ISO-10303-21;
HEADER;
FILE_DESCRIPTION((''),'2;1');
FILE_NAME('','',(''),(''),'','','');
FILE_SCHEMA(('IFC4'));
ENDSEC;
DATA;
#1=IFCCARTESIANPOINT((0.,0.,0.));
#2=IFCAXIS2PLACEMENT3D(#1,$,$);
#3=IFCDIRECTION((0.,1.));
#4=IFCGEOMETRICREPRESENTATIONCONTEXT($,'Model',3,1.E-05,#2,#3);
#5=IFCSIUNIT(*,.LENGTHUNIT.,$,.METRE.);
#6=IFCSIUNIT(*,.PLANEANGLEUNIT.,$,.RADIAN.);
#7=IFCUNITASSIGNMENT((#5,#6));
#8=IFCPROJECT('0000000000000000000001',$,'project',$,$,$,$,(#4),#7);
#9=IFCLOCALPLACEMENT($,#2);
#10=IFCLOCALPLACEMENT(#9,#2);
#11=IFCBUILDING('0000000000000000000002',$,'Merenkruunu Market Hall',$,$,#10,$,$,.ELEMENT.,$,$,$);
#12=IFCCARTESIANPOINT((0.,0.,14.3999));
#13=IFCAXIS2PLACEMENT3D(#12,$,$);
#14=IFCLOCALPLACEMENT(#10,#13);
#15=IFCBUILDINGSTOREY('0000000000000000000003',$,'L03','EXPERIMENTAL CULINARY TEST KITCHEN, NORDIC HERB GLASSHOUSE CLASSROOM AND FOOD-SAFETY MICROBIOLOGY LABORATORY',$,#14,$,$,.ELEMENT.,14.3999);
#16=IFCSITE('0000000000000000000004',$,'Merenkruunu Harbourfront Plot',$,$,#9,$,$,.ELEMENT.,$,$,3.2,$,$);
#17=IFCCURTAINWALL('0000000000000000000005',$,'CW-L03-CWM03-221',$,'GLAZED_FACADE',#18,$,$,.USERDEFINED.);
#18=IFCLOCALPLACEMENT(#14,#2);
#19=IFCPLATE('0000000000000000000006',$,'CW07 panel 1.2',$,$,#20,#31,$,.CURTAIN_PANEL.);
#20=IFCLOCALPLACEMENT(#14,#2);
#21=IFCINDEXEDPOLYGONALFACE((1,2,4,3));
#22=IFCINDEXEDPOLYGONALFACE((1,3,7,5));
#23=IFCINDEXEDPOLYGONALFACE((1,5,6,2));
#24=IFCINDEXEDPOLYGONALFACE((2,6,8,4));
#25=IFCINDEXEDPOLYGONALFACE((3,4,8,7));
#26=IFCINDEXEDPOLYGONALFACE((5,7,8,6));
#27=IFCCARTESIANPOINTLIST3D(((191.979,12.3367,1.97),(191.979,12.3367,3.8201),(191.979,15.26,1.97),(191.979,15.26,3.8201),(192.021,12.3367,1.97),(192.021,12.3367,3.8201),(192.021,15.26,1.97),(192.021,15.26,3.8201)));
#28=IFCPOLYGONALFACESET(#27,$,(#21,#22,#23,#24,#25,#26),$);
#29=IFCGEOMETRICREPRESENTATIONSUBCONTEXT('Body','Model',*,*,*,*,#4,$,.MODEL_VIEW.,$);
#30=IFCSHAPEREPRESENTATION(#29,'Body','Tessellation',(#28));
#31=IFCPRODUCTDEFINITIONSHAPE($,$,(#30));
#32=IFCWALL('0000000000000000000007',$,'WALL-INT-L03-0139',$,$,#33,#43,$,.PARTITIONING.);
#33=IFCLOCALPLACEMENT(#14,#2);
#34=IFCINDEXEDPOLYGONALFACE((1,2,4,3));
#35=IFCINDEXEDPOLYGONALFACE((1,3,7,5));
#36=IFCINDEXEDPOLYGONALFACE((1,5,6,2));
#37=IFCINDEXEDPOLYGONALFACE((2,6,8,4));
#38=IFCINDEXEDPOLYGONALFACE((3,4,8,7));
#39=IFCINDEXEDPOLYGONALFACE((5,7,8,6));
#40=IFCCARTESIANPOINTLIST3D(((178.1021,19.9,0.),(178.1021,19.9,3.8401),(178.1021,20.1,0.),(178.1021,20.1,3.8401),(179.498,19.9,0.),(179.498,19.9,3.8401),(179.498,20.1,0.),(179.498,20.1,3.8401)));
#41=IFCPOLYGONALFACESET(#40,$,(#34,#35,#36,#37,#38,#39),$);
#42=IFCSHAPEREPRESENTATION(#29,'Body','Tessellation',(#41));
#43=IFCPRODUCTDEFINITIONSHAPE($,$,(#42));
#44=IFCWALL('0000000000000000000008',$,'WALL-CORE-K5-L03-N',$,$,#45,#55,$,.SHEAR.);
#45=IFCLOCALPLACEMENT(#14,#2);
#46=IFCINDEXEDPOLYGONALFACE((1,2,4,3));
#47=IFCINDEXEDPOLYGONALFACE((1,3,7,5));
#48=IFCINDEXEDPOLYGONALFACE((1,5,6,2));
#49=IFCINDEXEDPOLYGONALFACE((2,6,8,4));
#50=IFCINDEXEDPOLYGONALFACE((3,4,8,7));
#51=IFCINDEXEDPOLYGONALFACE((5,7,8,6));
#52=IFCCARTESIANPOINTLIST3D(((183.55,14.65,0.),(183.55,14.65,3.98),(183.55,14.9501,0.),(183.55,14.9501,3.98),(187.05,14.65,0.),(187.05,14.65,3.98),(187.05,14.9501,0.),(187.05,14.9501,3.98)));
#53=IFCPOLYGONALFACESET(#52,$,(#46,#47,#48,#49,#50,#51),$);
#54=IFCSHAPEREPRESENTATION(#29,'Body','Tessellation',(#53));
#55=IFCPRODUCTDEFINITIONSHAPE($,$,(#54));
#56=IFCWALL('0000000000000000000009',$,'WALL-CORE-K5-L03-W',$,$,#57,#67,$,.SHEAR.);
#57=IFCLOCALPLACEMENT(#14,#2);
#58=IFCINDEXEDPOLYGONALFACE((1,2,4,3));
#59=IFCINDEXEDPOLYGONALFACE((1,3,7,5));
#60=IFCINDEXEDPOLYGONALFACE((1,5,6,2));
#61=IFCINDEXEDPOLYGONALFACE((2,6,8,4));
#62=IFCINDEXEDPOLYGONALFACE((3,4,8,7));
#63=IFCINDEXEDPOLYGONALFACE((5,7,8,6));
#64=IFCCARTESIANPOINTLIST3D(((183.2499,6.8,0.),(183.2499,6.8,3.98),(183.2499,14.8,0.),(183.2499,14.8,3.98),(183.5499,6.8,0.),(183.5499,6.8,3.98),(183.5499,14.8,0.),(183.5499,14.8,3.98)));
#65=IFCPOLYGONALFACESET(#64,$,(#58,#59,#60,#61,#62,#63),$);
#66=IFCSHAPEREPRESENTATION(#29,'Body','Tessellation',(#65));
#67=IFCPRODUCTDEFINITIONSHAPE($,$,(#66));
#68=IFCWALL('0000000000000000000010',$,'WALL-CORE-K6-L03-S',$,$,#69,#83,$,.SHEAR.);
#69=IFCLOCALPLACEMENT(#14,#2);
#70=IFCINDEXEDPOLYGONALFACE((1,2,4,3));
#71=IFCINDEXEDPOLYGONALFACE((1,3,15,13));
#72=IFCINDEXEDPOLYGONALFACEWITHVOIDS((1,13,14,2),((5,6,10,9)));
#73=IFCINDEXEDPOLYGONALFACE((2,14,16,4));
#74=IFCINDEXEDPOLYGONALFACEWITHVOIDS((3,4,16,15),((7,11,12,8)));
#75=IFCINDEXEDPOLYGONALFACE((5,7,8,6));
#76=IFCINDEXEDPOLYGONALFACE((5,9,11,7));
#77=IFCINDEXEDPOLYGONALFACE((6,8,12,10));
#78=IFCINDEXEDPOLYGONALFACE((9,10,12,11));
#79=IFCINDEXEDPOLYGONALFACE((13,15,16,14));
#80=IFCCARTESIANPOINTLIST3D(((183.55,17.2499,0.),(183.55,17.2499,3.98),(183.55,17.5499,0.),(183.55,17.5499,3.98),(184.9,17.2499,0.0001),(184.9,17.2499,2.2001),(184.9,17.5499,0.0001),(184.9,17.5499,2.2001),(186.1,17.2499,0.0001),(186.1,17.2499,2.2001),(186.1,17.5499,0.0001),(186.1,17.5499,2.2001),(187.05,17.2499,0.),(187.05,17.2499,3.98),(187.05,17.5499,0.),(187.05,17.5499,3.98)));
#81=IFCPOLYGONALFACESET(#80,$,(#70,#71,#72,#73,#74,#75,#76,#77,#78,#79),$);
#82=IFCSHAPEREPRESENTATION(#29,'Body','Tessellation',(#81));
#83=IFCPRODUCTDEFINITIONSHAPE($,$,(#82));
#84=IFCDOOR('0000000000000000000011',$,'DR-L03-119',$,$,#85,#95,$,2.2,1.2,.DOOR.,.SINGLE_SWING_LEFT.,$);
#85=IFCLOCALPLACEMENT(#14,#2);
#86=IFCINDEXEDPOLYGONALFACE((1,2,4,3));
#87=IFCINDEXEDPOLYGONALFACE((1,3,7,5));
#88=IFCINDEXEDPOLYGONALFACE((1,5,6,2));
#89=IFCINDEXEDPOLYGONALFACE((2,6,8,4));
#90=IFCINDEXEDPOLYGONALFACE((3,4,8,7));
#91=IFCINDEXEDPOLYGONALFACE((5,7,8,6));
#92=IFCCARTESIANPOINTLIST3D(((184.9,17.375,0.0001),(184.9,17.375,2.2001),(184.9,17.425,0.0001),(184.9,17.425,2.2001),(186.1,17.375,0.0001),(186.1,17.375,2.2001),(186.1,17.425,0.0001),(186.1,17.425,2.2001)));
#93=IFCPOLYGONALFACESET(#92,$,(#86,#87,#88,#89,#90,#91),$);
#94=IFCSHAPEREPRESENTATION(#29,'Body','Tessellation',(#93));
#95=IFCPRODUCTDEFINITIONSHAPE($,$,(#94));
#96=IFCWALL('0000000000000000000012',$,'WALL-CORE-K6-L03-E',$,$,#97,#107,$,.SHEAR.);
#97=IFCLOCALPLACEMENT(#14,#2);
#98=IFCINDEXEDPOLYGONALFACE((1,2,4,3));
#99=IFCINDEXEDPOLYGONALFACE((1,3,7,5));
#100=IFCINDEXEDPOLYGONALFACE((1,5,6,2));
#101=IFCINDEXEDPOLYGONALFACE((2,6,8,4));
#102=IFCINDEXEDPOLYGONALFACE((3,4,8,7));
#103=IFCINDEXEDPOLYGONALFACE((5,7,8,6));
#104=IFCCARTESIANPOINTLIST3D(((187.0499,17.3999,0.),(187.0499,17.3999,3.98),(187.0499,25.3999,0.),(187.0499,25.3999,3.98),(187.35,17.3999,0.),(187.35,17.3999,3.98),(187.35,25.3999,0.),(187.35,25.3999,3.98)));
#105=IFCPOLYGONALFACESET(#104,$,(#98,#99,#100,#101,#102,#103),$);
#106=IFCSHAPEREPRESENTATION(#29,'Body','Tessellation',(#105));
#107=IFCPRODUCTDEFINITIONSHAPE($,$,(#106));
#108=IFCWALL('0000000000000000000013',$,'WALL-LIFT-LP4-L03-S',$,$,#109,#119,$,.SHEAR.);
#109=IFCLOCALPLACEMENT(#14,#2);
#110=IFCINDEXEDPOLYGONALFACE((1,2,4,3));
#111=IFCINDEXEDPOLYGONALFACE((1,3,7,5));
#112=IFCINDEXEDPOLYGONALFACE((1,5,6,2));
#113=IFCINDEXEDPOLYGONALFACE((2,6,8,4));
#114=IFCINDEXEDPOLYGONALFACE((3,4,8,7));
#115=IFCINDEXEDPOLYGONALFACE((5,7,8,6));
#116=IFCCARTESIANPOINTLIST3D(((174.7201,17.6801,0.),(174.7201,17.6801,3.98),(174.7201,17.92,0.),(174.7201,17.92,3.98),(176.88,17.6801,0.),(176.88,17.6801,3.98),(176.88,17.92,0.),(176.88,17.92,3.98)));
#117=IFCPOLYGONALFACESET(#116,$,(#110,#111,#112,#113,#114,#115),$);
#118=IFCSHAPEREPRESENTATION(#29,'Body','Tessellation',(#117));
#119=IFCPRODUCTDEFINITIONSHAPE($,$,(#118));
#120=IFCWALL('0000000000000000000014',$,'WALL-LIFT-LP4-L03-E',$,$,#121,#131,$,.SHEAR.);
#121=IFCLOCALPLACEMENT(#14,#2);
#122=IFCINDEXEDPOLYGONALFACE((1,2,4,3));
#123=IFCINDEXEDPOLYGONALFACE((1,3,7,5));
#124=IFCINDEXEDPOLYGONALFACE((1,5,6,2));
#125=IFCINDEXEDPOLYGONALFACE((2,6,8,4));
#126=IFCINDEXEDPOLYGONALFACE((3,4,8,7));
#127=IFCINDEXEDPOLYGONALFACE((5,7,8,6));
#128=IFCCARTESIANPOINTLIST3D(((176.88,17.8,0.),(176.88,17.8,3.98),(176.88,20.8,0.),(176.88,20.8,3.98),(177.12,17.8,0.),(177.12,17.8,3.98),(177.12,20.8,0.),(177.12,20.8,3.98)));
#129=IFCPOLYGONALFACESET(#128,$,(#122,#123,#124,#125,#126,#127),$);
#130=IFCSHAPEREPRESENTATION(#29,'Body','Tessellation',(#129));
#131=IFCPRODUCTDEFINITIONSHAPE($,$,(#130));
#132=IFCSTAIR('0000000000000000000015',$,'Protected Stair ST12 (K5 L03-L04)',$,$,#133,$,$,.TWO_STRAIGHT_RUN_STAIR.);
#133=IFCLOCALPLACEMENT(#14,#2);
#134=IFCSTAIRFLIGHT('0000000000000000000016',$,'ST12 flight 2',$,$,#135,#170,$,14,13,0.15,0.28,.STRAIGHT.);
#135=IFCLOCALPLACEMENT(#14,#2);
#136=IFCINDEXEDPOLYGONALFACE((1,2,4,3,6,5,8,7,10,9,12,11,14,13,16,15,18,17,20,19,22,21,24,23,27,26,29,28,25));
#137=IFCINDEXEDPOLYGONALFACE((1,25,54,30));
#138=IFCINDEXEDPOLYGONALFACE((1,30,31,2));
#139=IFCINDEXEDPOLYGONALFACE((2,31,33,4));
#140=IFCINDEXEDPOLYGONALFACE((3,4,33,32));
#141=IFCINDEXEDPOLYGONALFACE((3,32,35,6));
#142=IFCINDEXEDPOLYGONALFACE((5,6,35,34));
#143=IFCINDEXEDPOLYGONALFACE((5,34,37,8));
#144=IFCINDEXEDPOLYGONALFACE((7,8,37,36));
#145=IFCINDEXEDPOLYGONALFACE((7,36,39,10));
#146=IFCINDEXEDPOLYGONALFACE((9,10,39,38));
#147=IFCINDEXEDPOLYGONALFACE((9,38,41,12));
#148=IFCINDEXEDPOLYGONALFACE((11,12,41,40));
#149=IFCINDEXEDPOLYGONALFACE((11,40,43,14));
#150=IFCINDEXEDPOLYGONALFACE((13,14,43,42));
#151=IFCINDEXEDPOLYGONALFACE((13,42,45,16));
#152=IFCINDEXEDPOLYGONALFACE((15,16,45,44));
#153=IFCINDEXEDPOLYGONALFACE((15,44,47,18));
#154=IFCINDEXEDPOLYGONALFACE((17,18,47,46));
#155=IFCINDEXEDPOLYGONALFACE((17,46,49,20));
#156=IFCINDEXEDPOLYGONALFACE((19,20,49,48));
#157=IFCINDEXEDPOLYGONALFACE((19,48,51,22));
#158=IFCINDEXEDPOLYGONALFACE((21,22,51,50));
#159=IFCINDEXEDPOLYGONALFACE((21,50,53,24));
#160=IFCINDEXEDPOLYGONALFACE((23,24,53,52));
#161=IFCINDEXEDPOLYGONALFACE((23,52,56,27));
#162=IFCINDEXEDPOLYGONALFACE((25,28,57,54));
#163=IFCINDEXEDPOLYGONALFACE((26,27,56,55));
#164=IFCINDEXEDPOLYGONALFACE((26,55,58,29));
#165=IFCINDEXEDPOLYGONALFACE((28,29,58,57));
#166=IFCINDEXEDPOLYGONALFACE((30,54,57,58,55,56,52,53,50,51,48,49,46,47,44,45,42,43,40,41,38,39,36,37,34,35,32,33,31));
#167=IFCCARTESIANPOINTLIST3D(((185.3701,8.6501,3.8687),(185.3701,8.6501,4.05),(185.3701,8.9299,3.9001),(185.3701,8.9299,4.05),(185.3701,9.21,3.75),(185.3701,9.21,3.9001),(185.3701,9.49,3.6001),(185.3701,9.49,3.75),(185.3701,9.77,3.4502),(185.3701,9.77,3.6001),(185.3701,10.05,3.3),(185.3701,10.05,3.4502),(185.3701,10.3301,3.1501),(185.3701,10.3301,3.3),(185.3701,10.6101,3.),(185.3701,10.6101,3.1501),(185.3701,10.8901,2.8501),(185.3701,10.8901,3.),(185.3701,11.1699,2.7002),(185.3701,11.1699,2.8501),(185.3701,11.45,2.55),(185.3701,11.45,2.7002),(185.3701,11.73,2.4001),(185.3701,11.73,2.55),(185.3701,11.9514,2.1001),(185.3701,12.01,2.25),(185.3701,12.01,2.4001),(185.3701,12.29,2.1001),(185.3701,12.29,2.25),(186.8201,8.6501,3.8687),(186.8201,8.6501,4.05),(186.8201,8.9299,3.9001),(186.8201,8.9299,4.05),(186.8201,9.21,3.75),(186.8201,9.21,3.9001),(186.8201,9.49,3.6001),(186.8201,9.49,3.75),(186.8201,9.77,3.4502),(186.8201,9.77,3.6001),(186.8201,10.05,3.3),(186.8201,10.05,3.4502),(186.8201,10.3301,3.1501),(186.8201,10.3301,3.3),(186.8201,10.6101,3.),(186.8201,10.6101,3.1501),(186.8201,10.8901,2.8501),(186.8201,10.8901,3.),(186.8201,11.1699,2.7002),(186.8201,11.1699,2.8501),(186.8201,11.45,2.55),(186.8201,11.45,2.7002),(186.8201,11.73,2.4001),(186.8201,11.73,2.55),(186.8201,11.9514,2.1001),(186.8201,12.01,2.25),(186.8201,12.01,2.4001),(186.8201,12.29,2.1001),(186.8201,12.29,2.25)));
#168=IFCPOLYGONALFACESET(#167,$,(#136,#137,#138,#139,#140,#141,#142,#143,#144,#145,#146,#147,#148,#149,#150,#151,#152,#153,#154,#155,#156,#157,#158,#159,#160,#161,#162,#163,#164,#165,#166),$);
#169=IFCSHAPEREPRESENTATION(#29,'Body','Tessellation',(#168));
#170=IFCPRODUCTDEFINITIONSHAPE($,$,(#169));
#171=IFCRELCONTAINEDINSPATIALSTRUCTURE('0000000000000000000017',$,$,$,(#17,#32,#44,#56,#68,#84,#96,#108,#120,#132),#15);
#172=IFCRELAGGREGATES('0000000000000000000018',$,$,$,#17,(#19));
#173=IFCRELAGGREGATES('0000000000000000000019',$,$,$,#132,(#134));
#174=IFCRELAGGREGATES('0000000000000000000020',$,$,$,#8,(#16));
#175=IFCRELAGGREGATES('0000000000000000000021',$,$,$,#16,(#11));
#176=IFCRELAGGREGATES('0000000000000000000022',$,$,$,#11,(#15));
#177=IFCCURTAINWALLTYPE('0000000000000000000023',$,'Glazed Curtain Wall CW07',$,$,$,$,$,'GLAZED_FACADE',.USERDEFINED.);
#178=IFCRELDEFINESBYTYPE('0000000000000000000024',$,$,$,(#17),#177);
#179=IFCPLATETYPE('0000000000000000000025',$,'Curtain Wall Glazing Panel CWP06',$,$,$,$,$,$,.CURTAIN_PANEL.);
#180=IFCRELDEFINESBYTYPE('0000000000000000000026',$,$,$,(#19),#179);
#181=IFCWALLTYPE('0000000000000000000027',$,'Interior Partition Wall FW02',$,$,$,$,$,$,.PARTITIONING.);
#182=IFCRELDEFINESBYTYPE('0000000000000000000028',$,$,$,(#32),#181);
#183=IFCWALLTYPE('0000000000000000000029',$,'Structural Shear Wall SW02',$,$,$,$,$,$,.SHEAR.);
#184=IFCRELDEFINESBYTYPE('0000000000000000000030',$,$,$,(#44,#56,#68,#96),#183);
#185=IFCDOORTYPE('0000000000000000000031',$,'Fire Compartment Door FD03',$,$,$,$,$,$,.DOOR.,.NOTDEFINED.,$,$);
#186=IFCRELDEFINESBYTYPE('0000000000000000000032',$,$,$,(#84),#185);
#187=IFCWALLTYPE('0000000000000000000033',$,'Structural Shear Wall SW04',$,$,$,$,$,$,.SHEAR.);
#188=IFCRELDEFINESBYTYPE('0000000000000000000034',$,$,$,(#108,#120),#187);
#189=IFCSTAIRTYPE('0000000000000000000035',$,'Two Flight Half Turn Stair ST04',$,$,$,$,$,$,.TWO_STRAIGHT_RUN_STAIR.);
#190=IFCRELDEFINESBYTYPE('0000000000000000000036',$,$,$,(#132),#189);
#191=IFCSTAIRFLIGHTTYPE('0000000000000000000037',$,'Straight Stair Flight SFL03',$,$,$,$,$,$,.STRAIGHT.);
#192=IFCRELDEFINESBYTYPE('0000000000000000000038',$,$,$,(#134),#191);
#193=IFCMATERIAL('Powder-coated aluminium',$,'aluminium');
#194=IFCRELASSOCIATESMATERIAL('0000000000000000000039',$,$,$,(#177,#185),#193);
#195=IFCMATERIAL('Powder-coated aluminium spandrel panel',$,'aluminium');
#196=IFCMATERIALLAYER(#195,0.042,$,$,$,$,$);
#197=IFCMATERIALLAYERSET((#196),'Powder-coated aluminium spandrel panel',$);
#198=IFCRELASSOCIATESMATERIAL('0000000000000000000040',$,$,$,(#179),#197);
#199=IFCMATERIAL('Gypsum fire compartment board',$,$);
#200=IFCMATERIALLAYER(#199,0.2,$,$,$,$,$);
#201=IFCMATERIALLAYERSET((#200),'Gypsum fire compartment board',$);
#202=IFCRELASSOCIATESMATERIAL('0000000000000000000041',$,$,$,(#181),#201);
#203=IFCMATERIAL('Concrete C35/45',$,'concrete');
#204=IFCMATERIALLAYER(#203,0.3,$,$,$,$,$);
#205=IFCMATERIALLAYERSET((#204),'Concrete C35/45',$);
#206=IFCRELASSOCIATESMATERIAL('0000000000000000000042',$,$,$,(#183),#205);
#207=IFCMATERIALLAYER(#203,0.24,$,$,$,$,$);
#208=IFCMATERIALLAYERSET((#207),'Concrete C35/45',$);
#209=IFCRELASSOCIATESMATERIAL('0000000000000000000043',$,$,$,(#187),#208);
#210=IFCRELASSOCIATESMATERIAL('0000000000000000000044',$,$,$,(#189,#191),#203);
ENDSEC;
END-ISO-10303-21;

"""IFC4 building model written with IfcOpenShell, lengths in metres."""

from ifc_helpers import new_model, si_unit, direction, frame, frame_2d, origin, origin_2d, place, context, subcontext, project, spatial, polyline, rectangle, outline, extrude, material, layer, layer_set, type_object, element, fill, aggregate, save


model = new_model("IFC4")

# Units and contexts
model_context = context("Model", 3, precision=1e-05, world=origin(), true_north=direction((0.0, 1.0)))
body_context = subcontext(model_context, "Body", "Model", "MODEL_VIEW")
ifc_project = project(units=[si_unit("LENGTHUNIT", "METRE"), si_unit("PLANEANGLEUNIT", "RADIAN")], contexts=[model_context])

# Site, building, storey
site_placement = place(None, origin())
site = spatial("IfcSite", under=ifc_project, at=site_placement, Name="Merenkruunu Harbourfront Plot", CompositionType="ELEMENT", RefElevation=3.2)
building_placement = place(site_placement, origin())
building = spatial("IfcBuilding", under=site, at=building_placement, Name="Merenkruunu Market Hall", CompositionType="ELEMENT")
storey_placement = place(building_placement, frame((0.0, 0.0, 14.3999)))
storey = spatial("IfcBuildingStorey", under=building, at=storey_placement, Name="L03", Description="EXPERIMENTAL CULINARY TEST KITCHEN, NORDIC HERB GLASSHOUSE CLASSROOM AND FOOD-SAFETY MICROBIOLOGY LABORATORY", CompositionType="ELEMENT", Elevation=14.3999)

# Curtain wall
ifc_material_1 = material(Name="Powder-coated aluminium", Category="aluminium")
curtain_wall_type = type_object("IfcCurtainWallType", Name="Glazed Curtain Wall CW07", ElementType="GLAZED_FACADE", PredefinedType="USERDEFINED", material=ifc_material_1)
curtain_wall_placement = place(storey_placement, origin())
curtain_wall = element("IfcCurtainWall", 1, at=curtain_wall_placement, inside=storey, type_object=curtain_wall_type, Name="CW-L03-CWM03-221", ObjectType="GLAZED_FACADE", PredefinedType="USERDEFINED")

# Plate
ifc_material_2 = material(Name="Powder-coated aluminium spandrel panel", Category="aluminium")
ifc_layer_1 = layer(ifc_material_2, 0.042)
ifc_layer_set_1 = layer_set([ifc_layer_1], Name="Powder-coated aluminium spandrel panel")
plate_type = type_object("IfcPlateType", Name="Curtain Wall Glazing Panel CWP06", PredefinedType="CURTAIN_PANEL", material=ifc_layer_set_1)
plate_1_placement = place(storey_placement, frame((192.0, 13.7983, 1.97), z_axis=(0.0, 0.0, 1.0), x_axis=(0.0, -1.0, 0.0)))
plate_1 = element("IfcPlate", 2, at=plate_1_placement, type_object=plate_type, Name="CW07 panel 1.2", PredefinedType="CURTAIN_PANEL", context=body_context, shape_type="SweptSolid", body=[
    extrude(rectangle(XDim=2.9233, YDim=0.042, at=origin_2d()), origin(), (0.0, 0.0, 1.0), 1.8501),
])
aggregate(curtain_wall, [plate_1])

# Walls
ifc_material_3 = material(Name="Gypsum fire compartment board")
ifc_layer_2 = layer(ifc_material_3, 0.2)
ifc_layer_set_2 = layer_set([ifc_layer_2], Name="Gypsum fire compartment board")
wall_type_1 = type_object("IfcWallType", Name="Interior Partition Wall FW02", PredefinedType="PARTITIONING", material=ifc_layer_set_2)
wall_1_placement = place(storey_placement, frame((178.1021, 20.0, 0.0), z_axis=(0.0, 0.0, 1.0), x_axis=(1.0, 0.0, 0.0)))
element("IfcWall", 3, at=wall_1_placement, inside=storey, type_object=wall_type_1, Name="WALL-INT-L03-0139", PredefinedType="PARTITIONING", context=body_context, shape_type="SweptSolid", body=[
    extrude(rectangle(XDim=1.396, YDim=0.2, at=frame_2d((0.698, 0.0))), origin(), (0.0, 0.0, 1.0), 3.8401),
])
ifc_material_4 = material(Name="Concrete C35/45", Category="concrete")
ifc_layer_3 = layer(ifc_material_4, 0.3)
ifc_layer_set_3 = layer_set([ifc_layer_3], Name="Concrete C35/45")
wall_type_2 = type_object("IfcWallType", Name="Structural Shear Wall SW02", PredefinedType="SHEAR", material=ifc_layer_set_3)
wall_2_placement = place(storey_placement, frame((187.05, 14.8, 0.0), z_axis=(0.0, 0.0, 1.0), x_axis=(-1.0, 0.0, 0.0)))
element("IfcWall", 4, at=wall_2_placement, inside=storey, type_object=wall_type_2, Name="WALL-CORE-K5-L03-N", PredefinedType="SHEAR", context=body_context, shape_type="SweptSolid", body=[
    extrude(rectangle(XDim=3.5, YDim=0.3, at=frame_2d((1.75, 0.0))), origin(), (0.0, 0.0, 1.0), 3.98),
])
wall_3_placement = place(storey_placement, frame((183.3999, 14.8, 0.0), z_axis=(0.0, 0.0, 1.0), x_axis=(0.0, -1.0, 0.0)))
element("IfcWall", 5, at=wall_3_placement, inside=storey, type_object=wall_type_2, Name="WALL-CORE-K5-L03-W", PredefinedType="SHEAR", context=body_context, shape_type="SweptSolid", body=[
    extrude(rectangle(XDim=8.0, YDim=0.3, at=frame_2d((4.0, 0.0))), origin(), (0.0, 0.0, 1.0), 3.98),
])

# Wall, opening, door
wall_4_placement = place(storey_placement, frame((187.05, 17.3999, 0.0), z_axis=(0.0, 0.0, 1.0), x_axis=(-1.0, 0.0, 0.0)))
wall_4 = element("IfcWall", 6, at=wall_4_placement, inside=storey, type_object=wall_type_2, Name="WALL-CORE-K6-L03-S", PredefinedType="SHEAR", context=body_context, shape_type="SweptSolid", body=[
    extrude(rectangle(XDim=3.5, YDim=0.3, at=frame_2d((1.75, 0.0))), origin(), (0.0, 0.0, 1.0), 3.98),
])
opening_placement = place(wall_4_placement, frame((0.95, 0.0, 0.0)))
opening = element("IfcOpeningElement", 7, at=opening_placement, cuts=wall_4, PredefinedType="OPENING", context=body_context, shape_type="SweptSolid", body=[
    extrude(rectangle(XDim=1.2, YDim=2.2, at=frame_2d((0.6001, 1.1001))), frame((0.0, 0.1602, 0.0), z_axis=(0.0, -1.0, 0.0), x_axis=(1.0, 0.0, 0.0)), (0.0, 0.0, 1.0), 0.3201),
])
door_type = type_object("IfcDoorType", Name="Fire Compartment Door FD03", OperationType="NOTDEFINED", PredefinedType="DOOR", material=ifc_material_1)
door_placement = place(opening_placement, origin())
door = element("IfcDoor", 8, at=door_placement, inside=storey, type_object=door_type, Name="DR-L03-119", OperationType="SINGLE_SWING_LEFT", OverallHeight=2.2, OverallWidth=1.2, PredefinedType="DOOR", context=body_context, shape_type="SweptSolid", body=[
    extrude(rectangle(XDim=1.2, YDim=2.2, at=frame_2d((0.6001, 1.1001))), frame((0.0, 0.0249, 0.0), z_axis=(0.0, -1.0, 0.0), x_axis=(1.0, 0.0, 0.0)), (0.0, 0.0, 1.0), 0.05),
])
fill(opening, door)

# Walls
wall_5_placement = place(storey_placement, frame((187.2, 17.3999, 0.0), z_axis=(0.0, 0.0, 1.0), x_axis=(0.0, 1.0, 0.0)))
element("IfcWall", 9, at=wall_5_placement, inside=storey, type_object=wall_type_2, Name="WALL-CORE-K6-L03-E", PredefinedType="SHEAR", context=body_context, shape_type="SweptSolid", body=[
    extrude(rectangle(XDim=8.0, YDim=0.3, at=frame_2d((4.0, 0.0))), origin(), (0.0, 0.0, 1.0), 3.98),
])
ifc_layer_4 = layer(ifc_material_4, 0.24)
ifc_layer_set_4 = layer_set([ifc_layer_4], Name="Concrete C35/45")
wall_type_3 = type_object("IfcWallType", Name="Structural Shear Wall SW04", PredefinedType="SHEAR", material=ifc_layer_set_4)
wall_6_placement = place(storey_placement, frame((174.72, 17.8, 0.0), z_axis=(0.0, 0.0, 1.0), x_axis=(1.0, 0.0, 0.0)))
element("IfcWall", 10, at=wall_6_placement, inside=storey, type_object=wall_type_3, Name="WALL-LIFT-LP4-L03-S", PredefinedType="SHEAR", context=body_context, shape_type="SweptSolid", body=[
    extrude(rectangle(XDim=2.1599, YDim=0.24, at=frame_2d((1.0801, 0.0))), origin(), (0.0, 0.0, 1.0), 3.98),
])
wall_7_placement = place(storey_placement, frame((177.0, 17.8, 0.0), z_axis=(0.0, 0.0, 1.0), x_axis=(0.0, 1.0, 0.0)))
element("IfcWall", 11, at=wall_7_placement, inside=storey, type_object=wall_type_3, Name="WALL-LIFT-LP4-L03-E", PredefinedType="SHEAR", context=body_context, shape_type="SweptSolid", body=[
    extrude(rectangle(XDim=3.0, YDim=0.24, at=frame_2d((1.5, 0.0))), origin(), (0.0, 0.0, 1.0), 3.98),
])

# Stair, stair flight
stair_type = type_object("IfcStairType", Name="Two Flight Half Turn Stair ST04", PredefinedType="TWO_STRAIGHT_RUN_STAIR", material=ifc_material_4)
stair_1_placement = place(storey_placement, origin())
stair_1 = element("IfcStair", 12, at=stair_1_placement, inside=storey, type_object=stair_type, Name="Protected Stair ST12 (K5 L03-L04)", PredefinedType="TWO_STRAIGHT_RUN_STAIR")
stair_flight_type = type_object("IfcStairFlightType", Name="Straight Stair Flight SFL03", PredefinedType="STRAIGHT", material=ifc_material_4)
stair_flight_1_placement = place(storey_placement, frame((186.095, 12.29, 2.1001), z_axis=(0.0, 0.0, 1.0), x_axis=(0.0, -1.0, 0.0)))
stair_flight_1 = element("IfcStairFlight", 13, at=stair_flight_1_placement, type_object=stair_flight_type, Name="ST12 flight 2", NumberOfRisers=14, NumberOfTreads=13, PredefinedType="STRAIGHT", RiserHeight=0.15, TreadLength=0.28, context=body_context, shape_type="SweptSolid", body=[
    extrude(outline(polyline([(0.0, 0.0), (0.0, 0.1499), (0.28, 0.1499), (0.28, 0.3), (0.5601, 0.3), (0.5601, 0.45), (0.8401, 0.45), (0.8401, 0.6001), (1.1201, 0.6001), (1.1201, 0.75), (1.3999, 0.75), (1.3999, 0.8999), (1.6799, 0.8999), (1.6799, 1.05), (1.96, 1.05), (1.96, 1.2), (2.24, 1.2), (2.24, 1.3501), (2.52, 1.3501), (2.52, 1.5), (2.8, 1.5), (2.8, 1.6499), (3.0801, 1.6499), (3.0801, 1.8), (3.3601, 1.8), (3.3601, 1.95), (3.6399, 1.95), (3.6399, 2.1001), (3.6399, 1.7686), (0.3386, 0.0), (0.0, 0.0)])), frame((0.0, 0.7251, 0.0), z_axis=(0.0, -1.0, 0.0), x_axis=(1.0, 0.0, 0.0)), (0.0, 0.0, 1.0), 1.45),
])
aggregate(stair_1, [stair_flight_1])

save(model, "model.ifc")
